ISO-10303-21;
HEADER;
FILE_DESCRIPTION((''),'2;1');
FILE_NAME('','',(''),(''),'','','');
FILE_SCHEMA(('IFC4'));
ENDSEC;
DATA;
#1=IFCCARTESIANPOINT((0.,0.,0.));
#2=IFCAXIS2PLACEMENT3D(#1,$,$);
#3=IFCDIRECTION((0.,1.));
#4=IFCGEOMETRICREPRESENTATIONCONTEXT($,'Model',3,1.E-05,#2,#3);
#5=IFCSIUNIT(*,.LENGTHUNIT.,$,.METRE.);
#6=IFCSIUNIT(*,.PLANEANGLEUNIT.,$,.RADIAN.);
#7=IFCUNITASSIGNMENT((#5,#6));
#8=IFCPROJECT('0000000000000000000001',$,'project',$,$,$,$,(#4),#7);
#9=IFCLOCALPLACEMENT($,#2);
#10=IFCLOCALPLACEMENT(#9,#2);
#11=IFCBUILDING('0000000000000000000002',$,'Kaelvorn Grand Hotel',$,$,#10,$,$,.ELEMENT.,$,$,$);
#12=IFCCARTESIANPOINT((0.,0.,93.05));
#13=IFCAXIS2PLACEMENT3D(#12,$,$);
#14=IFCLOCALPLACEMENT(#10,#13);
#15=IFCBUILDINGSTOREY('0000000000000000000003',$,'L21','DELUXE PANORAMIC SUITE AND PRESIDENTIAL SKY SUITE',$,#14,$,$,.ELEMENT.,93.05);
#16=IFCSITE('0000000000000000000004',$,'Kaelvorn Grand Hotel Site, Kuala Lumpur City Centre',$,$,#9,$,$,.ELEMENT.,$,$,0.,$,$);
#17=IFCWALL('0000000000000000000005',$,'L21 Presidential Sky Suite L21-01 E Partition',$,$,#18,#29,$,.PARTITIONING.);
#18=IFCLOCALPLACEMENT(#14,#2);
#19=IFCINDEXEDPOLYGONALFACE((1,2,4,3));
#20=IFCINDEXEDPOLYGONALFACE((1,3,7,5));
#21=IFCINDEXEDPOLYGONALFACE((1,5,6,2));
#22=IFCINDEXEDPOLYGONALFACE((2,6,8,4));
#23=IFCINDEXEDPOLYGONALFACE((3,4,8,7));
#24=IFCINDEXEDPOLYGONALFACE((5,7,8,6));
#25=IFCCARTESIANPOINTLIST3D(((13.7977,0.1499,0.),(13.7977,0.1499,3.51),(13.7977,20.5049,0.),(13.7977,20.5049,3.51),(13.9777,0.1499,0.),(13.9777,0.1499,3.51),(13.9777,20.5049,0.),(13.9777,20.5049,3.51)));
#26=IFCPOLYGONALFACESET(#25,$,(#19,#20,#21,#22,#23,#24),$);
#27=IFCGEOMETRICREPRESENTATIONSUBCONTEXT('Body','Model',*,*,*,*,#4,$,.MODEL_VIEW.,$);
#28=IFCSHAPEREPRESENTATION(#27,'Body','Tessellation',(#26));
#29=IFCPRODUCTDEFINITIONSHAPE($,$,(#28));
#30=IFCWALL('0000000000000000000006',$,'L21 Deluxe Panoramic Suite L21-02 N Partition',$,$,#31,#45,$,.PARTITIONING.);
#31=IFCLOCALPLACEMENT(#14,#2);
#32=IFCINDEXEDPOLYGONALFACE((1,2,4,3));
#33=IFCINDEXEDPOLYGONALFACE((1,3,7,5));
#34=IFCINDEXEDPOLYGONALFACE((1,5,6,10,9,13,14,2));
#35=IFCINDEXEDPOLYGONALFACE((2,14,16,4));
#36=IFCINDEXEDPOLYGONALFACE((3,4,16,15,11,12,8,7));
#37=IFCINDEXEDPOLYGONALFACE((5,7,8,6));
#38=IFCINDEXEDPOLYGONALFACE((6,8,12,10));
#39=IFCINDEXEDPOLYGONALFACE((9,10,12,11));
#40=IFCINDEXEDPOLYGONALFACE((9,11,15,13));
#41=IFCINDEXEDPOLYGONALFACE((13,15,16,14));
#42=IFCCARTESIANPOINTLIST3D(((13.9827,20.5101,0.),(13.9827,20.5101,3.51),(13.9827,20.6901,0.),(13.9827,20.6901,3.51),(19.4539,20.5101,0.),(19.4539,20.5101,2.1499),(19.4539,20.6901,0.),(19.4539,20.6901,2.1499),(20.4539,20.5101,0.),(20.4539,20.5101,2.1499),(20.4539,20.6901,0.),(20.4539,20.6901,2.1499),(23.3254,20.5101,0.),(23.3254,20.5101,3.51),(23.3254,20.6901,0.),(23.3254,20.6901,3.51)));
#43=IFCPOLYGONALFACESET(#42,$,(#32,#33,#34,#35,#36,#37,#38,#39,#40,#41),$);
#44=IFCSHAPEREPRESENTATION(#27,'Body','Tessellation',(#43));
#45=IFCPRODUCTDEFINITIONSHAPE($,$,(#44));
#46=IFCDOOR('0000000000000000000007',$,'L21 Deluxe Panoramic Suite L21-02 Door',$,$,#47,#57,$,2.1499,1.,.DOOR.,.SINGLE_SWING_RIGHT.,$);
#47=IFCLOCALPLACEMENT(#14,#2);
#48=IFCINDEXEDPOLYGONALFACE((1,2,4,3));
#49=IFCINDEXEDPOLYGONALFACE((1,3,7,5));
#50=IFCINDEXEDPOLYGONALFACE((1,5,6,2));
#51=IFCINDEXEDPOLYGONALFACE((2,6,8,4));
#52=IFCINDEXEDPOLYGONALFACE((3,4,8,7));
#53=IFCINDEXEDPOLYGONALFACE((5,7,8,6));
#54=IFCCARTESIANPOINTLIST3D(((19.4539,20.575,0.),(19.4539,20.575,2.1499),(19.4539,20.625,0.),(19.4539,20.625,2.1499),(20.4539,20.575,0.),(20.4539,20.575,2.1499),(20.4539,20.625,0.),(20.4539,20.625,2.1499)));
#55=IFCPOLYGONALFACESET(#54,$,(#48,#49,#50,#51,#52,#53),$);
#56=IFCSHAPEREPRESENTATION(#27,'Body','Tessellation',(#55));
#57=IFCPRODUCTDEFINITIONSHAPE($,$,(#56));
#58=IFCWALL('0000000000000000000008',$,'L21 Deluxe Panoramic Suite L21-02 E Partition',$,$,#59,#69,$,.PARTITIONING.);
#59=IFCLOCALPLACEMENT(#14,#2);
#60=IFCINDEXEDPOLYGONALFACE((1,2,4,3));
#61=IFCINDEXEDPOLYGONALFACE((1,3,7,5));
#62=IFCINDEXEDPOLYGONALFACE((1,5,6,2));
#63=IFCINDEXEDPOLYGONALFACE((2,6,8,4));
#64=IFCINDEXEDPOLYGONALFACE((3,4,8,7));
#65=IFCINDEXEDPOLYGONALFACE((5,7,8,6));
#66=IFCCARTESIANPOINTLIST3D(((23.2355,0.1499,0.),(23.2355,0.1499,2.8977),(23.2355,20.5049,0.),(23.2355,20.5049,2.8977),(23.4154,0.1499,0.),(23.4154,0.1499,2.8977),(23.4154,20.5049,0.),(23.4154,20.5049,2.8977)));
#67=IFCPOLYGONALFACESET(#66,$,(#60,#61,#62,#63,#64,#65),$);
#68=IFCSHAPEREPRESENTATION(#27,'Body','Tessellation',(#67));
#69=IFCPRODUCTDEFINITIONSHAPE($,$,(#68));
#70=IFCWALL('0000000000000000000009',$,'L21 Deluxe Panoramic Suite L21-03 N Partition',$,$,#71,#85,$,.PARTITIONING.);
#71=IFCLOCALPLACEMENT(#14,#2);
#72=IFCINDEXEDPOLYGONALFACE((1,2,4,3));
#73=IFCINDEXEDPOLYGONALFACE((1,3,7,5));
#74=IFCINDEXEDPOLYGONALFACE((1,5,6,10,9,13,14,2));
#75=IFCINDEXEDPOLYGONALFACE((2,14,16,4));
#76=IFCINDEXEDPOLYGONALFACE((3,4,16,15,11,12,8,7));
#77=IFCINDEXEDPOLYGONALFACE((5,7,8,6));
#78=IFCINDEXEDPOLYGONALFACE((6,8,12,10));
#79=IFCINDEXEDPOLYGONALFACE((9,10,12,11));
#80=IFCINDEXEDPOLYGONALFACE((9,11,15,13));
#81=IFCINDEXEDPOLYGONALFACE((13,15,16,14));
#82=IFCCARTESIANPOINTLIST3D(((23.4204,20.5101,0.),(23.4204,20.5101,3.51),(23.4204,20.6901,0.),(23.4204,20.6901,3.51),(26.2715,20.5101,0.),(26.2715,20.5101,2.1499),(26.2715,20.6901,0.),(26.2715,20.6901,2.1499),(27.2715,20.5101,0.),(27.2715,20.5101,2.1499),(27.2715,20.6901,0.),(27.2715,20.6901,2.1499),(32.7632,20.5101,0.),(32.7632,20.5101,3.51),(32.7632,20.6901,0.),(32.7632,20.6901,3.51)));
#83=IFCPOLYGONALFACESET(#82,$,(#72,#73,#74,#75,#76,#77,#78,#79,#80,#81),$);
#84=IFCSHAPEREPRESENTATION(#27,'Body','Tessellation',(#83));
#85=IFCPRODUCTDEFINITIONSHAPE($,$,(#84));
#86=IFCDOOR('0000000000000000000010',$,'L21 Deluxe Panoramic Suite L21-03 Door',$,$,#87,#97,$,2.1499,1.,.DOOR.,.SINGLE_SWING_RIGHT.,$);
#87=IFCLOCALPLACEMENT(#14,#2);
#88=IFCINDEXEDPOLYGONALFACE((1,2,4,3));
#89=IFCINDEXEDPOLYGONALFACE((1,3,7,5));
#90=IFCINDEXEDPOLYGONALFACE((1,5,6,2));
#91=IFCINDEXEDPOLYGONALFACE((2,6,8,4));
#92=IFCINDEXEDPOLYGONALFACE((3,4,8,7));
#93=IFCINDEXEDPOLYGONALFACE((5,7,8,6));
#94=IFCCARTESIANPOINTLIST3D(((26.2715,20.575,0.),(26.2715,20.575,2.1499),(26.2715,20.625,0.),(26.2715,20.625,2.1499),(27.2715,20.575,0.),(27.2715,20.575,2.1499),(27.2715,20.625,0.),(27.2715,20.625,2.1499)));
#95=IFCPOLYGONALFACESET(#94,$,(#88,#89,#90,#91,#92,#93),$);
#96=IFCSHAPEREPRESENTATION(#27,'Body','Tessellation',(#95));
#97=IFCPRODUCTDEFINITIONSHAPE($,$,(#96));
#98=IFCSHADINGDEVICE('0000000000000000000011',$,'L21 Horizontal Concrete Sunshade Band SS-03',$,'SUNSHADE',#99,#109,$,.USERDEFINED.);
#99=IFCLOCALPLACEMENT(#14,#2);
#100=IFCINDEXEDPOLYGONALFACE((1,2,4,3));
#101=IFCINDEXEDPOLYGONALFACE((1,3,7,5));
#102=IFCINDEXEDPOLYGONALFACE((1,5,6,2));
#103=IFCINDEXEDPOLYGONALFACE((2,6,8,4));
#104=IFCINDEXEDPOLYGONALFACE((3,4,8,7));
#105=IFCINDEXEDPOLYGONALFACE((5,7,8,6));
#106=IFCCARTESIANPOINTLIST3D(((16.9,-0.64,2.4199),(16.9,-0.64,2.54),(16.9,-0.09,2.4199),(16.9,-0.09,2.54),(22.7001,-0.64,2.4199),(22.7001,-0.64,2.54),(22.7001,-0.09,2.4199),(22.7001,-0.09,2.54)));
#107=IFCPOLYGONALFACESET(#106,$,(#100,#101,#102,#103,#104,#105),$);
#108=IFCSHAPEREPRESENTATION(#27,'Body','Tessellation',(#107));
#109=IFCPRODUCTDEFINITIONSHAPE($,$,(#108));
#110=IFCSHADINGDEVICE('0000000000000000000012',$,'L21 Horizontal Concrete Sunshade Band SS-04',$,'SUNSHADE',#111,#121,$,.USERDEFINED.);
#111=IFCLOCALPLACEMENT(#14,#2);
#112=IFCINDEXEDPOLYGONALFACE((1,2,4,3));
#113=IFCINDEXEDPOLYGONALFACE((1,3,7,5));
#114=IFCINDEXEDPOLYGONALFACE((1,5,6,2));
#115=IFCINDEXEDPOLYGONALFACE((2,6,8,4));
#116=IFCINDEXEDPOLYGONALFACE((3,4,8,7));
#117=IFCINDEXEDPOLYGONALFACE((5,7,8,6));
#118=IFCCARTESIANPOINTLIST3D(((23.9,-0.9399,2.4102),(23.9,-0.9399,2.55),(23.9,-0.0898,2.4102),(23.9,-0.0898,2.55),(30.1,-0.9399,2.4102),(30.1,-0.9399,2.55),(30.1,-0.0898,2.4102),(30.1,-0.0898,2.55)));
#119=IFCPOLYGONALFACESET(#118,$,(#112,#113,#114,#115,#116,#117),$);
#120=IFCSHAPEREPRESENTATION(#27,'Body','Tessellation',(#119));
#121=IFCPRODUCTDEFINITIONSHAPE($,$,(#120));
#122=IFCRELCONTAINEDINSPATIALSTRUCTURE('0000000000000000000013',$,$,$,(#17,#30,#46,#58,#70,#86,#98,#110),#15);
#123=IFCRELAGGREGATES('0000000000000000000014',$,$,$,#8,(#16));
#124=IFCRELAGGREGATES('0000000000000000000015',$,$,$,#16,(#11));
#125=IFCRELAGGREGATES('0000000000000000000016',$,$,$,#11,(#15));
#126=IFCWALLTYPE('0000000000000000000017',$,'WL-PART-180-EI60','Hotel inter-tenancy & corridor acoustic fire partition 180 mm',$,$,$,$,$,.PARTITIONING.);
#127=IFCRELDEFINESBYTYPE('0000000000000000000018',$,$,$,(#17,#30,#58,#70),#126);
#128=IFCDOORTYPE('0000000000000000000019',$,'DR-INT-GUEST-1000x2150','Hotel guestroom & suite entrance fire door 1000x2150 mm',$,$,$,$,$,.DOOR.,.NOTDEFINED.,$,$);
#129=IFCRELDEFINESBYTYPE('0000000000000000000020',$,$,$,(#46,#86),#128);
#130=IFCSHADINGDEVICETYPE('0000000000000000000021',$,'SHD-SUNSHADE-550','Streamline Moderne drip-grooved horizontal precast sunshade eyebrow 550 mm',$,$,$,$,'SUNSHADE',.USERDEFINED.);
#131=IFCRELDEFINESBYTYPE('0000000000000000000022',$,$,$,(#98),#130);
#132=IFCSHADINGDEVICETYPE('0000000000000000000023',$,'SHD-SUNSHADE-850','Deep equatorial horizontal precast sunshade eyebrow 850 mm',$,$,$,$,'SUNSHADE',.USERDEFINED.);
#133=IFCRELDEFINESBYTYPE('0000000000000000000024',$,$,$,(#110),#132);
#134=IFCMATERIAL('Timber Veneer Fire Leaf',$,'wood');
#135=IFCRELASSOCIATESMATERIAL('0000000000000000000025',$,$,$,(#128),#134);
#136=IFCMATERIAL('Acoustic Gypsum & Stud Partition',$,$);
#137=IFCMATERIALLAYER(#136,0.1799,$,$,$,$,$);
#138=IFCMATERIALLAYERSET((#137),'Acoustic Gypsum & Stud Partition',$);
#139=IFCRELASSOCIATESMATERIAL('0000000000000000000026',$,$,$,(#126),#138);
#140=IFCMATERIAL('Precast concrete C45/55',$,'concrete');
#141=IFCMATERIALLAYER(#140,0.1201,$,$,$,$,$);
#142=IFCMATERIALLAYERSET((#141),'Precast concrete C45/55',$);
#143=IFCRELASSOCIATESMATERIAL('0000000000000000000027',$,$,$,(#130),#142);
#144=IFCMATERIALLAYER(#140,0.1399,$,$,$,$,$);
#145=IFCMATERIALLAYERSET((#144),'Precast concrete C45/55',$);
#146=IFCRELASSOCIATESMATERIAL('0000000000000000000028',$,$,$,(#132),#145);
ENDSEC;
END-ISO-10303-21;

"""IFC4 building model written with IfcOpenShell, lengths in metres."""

from ifc_helpers import new_model, si_unit, direction, frame, frame_2d, origin, origin_2d, place, context, subcontext, project, spatial, rectangle, extrude, material, layer, layer_set, type_object, element, fill, save


model = new_model("IFC4")

# Units and contexts
model_context = context("Model", 3, precision=1e-05, world=origin(), true_north=direction((0.0, 1.0)))
body_context = subcontext(model_context, "Body", "Model", "MODEL_VIEW")
ifc_project = project(units=[si_unit("LENGTHUNIT", "METRE"), si_unit("PLANEANGLEUNIT", "RADIAN")], contexts=[model_context])

# Site, building, storey
site_placement = place(None, origin())
site = spatial("IfcSite", under=ifc_project, at=site_placement, Name="Kaelvorn Grand Hotel Site, Kuala Lumpur City Centre", CompositionType="ELEMENT", RefElevation=0.0)
building_placement = place(site_placement, origin())
building = spatial("IfcBuilding", under=site, at=building_placement, Name="Kaelvorn Grand Hotel", CompositionType="ELEMENT")
storey_placement = place(building_placement, frame((0.0, 0.0, 93.05)))
storey = spatial("IfcBuildingStorey", under=building, at=storey_placement, Name="L21", Description="DELUXE PANORAMIC SUITE AND PRESIDENTIAL SKY SUITE", CompositionType="ELEMENT", Elevation=93.05)

# Shared definitions
ifc_material_1 = material(Name="Acoustic Gypsum & Stud Partition")
ifc_material_2 = material(Name="Timber Veneer Fire Leaf", Category="wood")
door_type_1 = type_object("IfcDoorType", Name="DR-INT-GUEST-1000x2150", Description="Hotel guestroom & suite entrance fire door 1000x2150 mm", OperationType="NOTDEFINED", PredefinedType="DOOR", material=ifc_material_2)

# Wall
ifc_layer_1 = layer(ifc_material_1, 0.1799)
ifc_layer_set_1 = layer_set([ifc_layer_1], Name="Acoustic Gypsum & Stud Partition")
wall_type_1 = type_object("IfcWallType", Name="WL-PART-180-EI60", Description="Hotel inter-tenancy & corridor acoustic fire partition 180 mm", PredefinedType="PARTITIONING", material=ifc_layer_set_1)
wall_1_placement = place(storey_placement, frame((13.8877, 0.1499, 0.0), z_axis=(0.0, 0.0, 1.0), x_axis=(0.0, 1.0, 0.0)))
element("IfcWall", 1, at=wall_1_placement, inside=storey, type_object=wall_type_1, Name="L21 Presidential Sky Suite L21-01 E Partition", PredefinedType="PARTITIONING", context=body_context, shape_type="SweptSolid", body=[
    extrude(rectangle(XDim=20.355, YDim=0.1799, at=frame_2d((10.1775, 0.0))), origin(), (0.0, 0.0, 1.0), 3.51),
])

# Wall, opening, door
wall_2_placement = place(storey_placement, frame((13.9827, 20.6001, 0.0), z_axis=(0.0, 0.0, 1.0), x_axis=(1.0, 0.0, 0.0)))
wall_2 = element("IfcWall", 2, at=wall_2_placement, inside=storey, type_object=wall_type_1, Name="L21 Deluxe Panoramic Suite L21-02 N Partition", PredefinedType="PARTITIONING", context=body_context, shape_type="SweptSolid", body=[
    extrude(rectangle(XDim=9.3428, YDim=0.1799, at=frame_2d((4.6714, 0.0))), origin(), (0.0, 0.0, 1.0), 3.51),
])
opening_1_placement = place(wall_2_placement, frame((5.4712, 0.0, 0.0)))
opening_1 = element("IfcOpeningElement", 3, at=opening_1_placement, cuts=wall_2, PredefinedType="OPENING", context=body_context, shape_type="SweptSolid", body=[
    extrude(rectangle(XDim=1.0, YDim=2.1499, at=frame_2d((0.5, 1.075))), frame((0.0, 0.1001, 0.0), z_axis=(0.0, -1.0, 0.0), x_axis=(1.0, 0.0, 0.0)), (0.0, 0.0, 1.0), 0.2),
])
door_1_placement = place(opening_1_placement, origin())
door_1 = element("IfcDoor", 4, at=door_1_placement, inside=storey, type_object=door_type_1, Name="L21 Deluxe Panoramic Suite L21-02 Door", OperationType="SINGLE_SWING_RIGHT", OverallHeight=2.1499, OverallWidth=1.0, PredefinedType="DOOR", context=body_context, shape_type="SweptSolid", body=[
    extrude(rectangle(XDim=1.0, YDim=2.1499, at=frame_2d((0.5, 1.075))), frame((0.0, 0.0249, 0.0), z_axis=(0.0, -1.0, 0.0), x_axis=(1.0, 0.0, 0.0)), (0.0, 0.0, 1.0), 0.05),
])
fill(opening_1, door_1)

# Wall
wall_3_placement = place(storey_placement, frame((23.3254, 0.1499, 0.0), z_axis=(0.0, 0.0, 1.0), x_axis=(0.0, 1.0, 0.0)))
element("IfcWall", 5, at=wall_3_placement, inside=storey, type_object=wall_type_1, Name="L21 Deluxe Panoramic Suite L21-02 E Partition", PredefinedType="PARTITIONING", context=body_context, shape_type="SweptSolid", body=[
    extrude(rectangle(XDim=20.355, YDim=0.1799, at=frame_2d((10.1775, 0.0))), origin(), (0.0, 0.0, 1.0), 2.8977),
])

# Wall, opening, door
wall_4_placement = place(storey_placement, frame((23.4204, 20.6001, 0.0), z_axis=(0.0, 0.0, 1.0), x_axis=(1.0, 0.0, 0.0)))
wall_4 = element("IfcWall", 6, at=wall_4_placement, inside=storey, type_object=wall_type_1, Name="L21 Deluxe Panoramic Suite L21-03 N Partition", PredefinedType="PARTITIONING", context=body_context, shape_type="SweptSolid", body=[
    extrude(rectangle(XDim=9.3428, YDim=0.1799, at=frame_2d((4.6714, 0.0))), origin(), (0.0, 0.0, 1.0), 3.51),
])
opening_2_placement = place(wall_4_placement, frame((2.8511, 0.0, 0.0)))
opening_2 = element("IfcOpeningElement", 7, at=opening_2_placement, cuts=wall_4, PredefinedType="OPENING", context=body_context, shape_type="SweptSolid", body=[
    extrude(rectangle(XDim=1.0, YDim=2.1499, at=frame_2d((0.5, 1.075))), frame((0.0, 0.1001, 0.0), z_axis=(0.0, -1.0, 0.0), x_axis=(1.0, 0.0, 0.0)), (0.0, 0.0, 1.0), 0.2),
])
door_2_placement = place(opening_2_placement, origin())
door_2 = element("IfcDoor", 8, at=door_2_placement, inside=storey, type_object=door_type_1, Name="L21 Deluxe Panoramic Suite L21-03 Door", OperationType="SINGLE_SWING_RIGHT", OverallHeight=2.1499, OverallWidth=1.0, PredefinedType="DOOR", context=body_context, shape_type="SweptSolid", body=[
    extrude(rectangle(XDim=1.0, YDim=2.1499, at=frame_2d((0.5, 1.075))), frame((0.0, 0.0249, 0.0), z_axis=(0.0, -1.0, 0.0), x_axis=(1.0, 0.0, 0.0)), (0.0, 0.0, 1.0), 0.05),
])
fill(opening_2, door_2)

# Shading devices
ifc_material_3 = material(Name="Precast concrete C45/55", Category="concrete")
ifc_layer_2 = layer(ifc_material_3, 0.1201)
ifc_layer_set_2 = layer_set([ifc_layer_2], Name="Precast concrete C45/55")
shading_device_type_1 = type_object("IfcShadingDeviceType", Name="SHD-SUNSHADE-550", Description="Streamline Moderne drip-grooved horizontal precast sunshade eyebrow 550 mm", ElementType="SUNSHADE", PredefinedType="USERDEFINED", material=ifc_layer_set_2)
shading_device_1_placement = place(storey_placement, frame((19.8, -0.365, 2.4199), z_axis=(0.0, 0.0, 1.0), x_axis=(1.0, 0.0, 0.0)))
element("IfcShadingDevice", 9, at=shading_device_1_placement, inside=storey, type_object=shading_device_type_1, Name="L21 Horizontal Concrete Sunshade Band SS-03", ObjectType="SUNSHADE", PredefinedType="USERDEFINED", context=body_context, shape_type="SweptSolid", body=[
    extrude(rectangle(XDim=5.8, YDim=0.55, at=origin_2d()), origin(), (0.0, 0.0, 1.0), 0.1201),
])
ifc_layer_3 = layer(ifc_material_3, 0.1399)
ifc_layer_set_3 = layer_set([ifc_layer_3], Name="Precast concrete C45/55")
shading_device_type_2 = type_object("IfcShadingDeviceType", Name="SHD-SUNSHADE-850", Description="Deep equatorial horizontal precast sunshade eyebrow 850 mm", ElementType="SUNSHADE", PredefinedType="USERDEFINED", material=ifc_layer_set_3)
shading_device_2_placement = place(storey_placement, frame((27.0, -0.5149, 2.4102), z_axis=(0.0, 0.0, 1.0), x_axis=(1.0, 0.0, 0.0)))
element("IfcShadingDevice", 10, at=shading_device_2_placement, inside=storey, type_object=shading_device_type_2, Name="L21 Horizontal Concrete Sunshade Band SS-04", ObjectType="SUNSHADE", PredefinedType="USERDEFINED", context=body_context, shape_type="SweptSolid", body=[
    extrude(rectangle(XDim=6.2, YDim=0.8501, at=origin_2d()), origin(), (0.0, 0.0, 1.0), 0.1399),
])

save(model, "model.ifc")
